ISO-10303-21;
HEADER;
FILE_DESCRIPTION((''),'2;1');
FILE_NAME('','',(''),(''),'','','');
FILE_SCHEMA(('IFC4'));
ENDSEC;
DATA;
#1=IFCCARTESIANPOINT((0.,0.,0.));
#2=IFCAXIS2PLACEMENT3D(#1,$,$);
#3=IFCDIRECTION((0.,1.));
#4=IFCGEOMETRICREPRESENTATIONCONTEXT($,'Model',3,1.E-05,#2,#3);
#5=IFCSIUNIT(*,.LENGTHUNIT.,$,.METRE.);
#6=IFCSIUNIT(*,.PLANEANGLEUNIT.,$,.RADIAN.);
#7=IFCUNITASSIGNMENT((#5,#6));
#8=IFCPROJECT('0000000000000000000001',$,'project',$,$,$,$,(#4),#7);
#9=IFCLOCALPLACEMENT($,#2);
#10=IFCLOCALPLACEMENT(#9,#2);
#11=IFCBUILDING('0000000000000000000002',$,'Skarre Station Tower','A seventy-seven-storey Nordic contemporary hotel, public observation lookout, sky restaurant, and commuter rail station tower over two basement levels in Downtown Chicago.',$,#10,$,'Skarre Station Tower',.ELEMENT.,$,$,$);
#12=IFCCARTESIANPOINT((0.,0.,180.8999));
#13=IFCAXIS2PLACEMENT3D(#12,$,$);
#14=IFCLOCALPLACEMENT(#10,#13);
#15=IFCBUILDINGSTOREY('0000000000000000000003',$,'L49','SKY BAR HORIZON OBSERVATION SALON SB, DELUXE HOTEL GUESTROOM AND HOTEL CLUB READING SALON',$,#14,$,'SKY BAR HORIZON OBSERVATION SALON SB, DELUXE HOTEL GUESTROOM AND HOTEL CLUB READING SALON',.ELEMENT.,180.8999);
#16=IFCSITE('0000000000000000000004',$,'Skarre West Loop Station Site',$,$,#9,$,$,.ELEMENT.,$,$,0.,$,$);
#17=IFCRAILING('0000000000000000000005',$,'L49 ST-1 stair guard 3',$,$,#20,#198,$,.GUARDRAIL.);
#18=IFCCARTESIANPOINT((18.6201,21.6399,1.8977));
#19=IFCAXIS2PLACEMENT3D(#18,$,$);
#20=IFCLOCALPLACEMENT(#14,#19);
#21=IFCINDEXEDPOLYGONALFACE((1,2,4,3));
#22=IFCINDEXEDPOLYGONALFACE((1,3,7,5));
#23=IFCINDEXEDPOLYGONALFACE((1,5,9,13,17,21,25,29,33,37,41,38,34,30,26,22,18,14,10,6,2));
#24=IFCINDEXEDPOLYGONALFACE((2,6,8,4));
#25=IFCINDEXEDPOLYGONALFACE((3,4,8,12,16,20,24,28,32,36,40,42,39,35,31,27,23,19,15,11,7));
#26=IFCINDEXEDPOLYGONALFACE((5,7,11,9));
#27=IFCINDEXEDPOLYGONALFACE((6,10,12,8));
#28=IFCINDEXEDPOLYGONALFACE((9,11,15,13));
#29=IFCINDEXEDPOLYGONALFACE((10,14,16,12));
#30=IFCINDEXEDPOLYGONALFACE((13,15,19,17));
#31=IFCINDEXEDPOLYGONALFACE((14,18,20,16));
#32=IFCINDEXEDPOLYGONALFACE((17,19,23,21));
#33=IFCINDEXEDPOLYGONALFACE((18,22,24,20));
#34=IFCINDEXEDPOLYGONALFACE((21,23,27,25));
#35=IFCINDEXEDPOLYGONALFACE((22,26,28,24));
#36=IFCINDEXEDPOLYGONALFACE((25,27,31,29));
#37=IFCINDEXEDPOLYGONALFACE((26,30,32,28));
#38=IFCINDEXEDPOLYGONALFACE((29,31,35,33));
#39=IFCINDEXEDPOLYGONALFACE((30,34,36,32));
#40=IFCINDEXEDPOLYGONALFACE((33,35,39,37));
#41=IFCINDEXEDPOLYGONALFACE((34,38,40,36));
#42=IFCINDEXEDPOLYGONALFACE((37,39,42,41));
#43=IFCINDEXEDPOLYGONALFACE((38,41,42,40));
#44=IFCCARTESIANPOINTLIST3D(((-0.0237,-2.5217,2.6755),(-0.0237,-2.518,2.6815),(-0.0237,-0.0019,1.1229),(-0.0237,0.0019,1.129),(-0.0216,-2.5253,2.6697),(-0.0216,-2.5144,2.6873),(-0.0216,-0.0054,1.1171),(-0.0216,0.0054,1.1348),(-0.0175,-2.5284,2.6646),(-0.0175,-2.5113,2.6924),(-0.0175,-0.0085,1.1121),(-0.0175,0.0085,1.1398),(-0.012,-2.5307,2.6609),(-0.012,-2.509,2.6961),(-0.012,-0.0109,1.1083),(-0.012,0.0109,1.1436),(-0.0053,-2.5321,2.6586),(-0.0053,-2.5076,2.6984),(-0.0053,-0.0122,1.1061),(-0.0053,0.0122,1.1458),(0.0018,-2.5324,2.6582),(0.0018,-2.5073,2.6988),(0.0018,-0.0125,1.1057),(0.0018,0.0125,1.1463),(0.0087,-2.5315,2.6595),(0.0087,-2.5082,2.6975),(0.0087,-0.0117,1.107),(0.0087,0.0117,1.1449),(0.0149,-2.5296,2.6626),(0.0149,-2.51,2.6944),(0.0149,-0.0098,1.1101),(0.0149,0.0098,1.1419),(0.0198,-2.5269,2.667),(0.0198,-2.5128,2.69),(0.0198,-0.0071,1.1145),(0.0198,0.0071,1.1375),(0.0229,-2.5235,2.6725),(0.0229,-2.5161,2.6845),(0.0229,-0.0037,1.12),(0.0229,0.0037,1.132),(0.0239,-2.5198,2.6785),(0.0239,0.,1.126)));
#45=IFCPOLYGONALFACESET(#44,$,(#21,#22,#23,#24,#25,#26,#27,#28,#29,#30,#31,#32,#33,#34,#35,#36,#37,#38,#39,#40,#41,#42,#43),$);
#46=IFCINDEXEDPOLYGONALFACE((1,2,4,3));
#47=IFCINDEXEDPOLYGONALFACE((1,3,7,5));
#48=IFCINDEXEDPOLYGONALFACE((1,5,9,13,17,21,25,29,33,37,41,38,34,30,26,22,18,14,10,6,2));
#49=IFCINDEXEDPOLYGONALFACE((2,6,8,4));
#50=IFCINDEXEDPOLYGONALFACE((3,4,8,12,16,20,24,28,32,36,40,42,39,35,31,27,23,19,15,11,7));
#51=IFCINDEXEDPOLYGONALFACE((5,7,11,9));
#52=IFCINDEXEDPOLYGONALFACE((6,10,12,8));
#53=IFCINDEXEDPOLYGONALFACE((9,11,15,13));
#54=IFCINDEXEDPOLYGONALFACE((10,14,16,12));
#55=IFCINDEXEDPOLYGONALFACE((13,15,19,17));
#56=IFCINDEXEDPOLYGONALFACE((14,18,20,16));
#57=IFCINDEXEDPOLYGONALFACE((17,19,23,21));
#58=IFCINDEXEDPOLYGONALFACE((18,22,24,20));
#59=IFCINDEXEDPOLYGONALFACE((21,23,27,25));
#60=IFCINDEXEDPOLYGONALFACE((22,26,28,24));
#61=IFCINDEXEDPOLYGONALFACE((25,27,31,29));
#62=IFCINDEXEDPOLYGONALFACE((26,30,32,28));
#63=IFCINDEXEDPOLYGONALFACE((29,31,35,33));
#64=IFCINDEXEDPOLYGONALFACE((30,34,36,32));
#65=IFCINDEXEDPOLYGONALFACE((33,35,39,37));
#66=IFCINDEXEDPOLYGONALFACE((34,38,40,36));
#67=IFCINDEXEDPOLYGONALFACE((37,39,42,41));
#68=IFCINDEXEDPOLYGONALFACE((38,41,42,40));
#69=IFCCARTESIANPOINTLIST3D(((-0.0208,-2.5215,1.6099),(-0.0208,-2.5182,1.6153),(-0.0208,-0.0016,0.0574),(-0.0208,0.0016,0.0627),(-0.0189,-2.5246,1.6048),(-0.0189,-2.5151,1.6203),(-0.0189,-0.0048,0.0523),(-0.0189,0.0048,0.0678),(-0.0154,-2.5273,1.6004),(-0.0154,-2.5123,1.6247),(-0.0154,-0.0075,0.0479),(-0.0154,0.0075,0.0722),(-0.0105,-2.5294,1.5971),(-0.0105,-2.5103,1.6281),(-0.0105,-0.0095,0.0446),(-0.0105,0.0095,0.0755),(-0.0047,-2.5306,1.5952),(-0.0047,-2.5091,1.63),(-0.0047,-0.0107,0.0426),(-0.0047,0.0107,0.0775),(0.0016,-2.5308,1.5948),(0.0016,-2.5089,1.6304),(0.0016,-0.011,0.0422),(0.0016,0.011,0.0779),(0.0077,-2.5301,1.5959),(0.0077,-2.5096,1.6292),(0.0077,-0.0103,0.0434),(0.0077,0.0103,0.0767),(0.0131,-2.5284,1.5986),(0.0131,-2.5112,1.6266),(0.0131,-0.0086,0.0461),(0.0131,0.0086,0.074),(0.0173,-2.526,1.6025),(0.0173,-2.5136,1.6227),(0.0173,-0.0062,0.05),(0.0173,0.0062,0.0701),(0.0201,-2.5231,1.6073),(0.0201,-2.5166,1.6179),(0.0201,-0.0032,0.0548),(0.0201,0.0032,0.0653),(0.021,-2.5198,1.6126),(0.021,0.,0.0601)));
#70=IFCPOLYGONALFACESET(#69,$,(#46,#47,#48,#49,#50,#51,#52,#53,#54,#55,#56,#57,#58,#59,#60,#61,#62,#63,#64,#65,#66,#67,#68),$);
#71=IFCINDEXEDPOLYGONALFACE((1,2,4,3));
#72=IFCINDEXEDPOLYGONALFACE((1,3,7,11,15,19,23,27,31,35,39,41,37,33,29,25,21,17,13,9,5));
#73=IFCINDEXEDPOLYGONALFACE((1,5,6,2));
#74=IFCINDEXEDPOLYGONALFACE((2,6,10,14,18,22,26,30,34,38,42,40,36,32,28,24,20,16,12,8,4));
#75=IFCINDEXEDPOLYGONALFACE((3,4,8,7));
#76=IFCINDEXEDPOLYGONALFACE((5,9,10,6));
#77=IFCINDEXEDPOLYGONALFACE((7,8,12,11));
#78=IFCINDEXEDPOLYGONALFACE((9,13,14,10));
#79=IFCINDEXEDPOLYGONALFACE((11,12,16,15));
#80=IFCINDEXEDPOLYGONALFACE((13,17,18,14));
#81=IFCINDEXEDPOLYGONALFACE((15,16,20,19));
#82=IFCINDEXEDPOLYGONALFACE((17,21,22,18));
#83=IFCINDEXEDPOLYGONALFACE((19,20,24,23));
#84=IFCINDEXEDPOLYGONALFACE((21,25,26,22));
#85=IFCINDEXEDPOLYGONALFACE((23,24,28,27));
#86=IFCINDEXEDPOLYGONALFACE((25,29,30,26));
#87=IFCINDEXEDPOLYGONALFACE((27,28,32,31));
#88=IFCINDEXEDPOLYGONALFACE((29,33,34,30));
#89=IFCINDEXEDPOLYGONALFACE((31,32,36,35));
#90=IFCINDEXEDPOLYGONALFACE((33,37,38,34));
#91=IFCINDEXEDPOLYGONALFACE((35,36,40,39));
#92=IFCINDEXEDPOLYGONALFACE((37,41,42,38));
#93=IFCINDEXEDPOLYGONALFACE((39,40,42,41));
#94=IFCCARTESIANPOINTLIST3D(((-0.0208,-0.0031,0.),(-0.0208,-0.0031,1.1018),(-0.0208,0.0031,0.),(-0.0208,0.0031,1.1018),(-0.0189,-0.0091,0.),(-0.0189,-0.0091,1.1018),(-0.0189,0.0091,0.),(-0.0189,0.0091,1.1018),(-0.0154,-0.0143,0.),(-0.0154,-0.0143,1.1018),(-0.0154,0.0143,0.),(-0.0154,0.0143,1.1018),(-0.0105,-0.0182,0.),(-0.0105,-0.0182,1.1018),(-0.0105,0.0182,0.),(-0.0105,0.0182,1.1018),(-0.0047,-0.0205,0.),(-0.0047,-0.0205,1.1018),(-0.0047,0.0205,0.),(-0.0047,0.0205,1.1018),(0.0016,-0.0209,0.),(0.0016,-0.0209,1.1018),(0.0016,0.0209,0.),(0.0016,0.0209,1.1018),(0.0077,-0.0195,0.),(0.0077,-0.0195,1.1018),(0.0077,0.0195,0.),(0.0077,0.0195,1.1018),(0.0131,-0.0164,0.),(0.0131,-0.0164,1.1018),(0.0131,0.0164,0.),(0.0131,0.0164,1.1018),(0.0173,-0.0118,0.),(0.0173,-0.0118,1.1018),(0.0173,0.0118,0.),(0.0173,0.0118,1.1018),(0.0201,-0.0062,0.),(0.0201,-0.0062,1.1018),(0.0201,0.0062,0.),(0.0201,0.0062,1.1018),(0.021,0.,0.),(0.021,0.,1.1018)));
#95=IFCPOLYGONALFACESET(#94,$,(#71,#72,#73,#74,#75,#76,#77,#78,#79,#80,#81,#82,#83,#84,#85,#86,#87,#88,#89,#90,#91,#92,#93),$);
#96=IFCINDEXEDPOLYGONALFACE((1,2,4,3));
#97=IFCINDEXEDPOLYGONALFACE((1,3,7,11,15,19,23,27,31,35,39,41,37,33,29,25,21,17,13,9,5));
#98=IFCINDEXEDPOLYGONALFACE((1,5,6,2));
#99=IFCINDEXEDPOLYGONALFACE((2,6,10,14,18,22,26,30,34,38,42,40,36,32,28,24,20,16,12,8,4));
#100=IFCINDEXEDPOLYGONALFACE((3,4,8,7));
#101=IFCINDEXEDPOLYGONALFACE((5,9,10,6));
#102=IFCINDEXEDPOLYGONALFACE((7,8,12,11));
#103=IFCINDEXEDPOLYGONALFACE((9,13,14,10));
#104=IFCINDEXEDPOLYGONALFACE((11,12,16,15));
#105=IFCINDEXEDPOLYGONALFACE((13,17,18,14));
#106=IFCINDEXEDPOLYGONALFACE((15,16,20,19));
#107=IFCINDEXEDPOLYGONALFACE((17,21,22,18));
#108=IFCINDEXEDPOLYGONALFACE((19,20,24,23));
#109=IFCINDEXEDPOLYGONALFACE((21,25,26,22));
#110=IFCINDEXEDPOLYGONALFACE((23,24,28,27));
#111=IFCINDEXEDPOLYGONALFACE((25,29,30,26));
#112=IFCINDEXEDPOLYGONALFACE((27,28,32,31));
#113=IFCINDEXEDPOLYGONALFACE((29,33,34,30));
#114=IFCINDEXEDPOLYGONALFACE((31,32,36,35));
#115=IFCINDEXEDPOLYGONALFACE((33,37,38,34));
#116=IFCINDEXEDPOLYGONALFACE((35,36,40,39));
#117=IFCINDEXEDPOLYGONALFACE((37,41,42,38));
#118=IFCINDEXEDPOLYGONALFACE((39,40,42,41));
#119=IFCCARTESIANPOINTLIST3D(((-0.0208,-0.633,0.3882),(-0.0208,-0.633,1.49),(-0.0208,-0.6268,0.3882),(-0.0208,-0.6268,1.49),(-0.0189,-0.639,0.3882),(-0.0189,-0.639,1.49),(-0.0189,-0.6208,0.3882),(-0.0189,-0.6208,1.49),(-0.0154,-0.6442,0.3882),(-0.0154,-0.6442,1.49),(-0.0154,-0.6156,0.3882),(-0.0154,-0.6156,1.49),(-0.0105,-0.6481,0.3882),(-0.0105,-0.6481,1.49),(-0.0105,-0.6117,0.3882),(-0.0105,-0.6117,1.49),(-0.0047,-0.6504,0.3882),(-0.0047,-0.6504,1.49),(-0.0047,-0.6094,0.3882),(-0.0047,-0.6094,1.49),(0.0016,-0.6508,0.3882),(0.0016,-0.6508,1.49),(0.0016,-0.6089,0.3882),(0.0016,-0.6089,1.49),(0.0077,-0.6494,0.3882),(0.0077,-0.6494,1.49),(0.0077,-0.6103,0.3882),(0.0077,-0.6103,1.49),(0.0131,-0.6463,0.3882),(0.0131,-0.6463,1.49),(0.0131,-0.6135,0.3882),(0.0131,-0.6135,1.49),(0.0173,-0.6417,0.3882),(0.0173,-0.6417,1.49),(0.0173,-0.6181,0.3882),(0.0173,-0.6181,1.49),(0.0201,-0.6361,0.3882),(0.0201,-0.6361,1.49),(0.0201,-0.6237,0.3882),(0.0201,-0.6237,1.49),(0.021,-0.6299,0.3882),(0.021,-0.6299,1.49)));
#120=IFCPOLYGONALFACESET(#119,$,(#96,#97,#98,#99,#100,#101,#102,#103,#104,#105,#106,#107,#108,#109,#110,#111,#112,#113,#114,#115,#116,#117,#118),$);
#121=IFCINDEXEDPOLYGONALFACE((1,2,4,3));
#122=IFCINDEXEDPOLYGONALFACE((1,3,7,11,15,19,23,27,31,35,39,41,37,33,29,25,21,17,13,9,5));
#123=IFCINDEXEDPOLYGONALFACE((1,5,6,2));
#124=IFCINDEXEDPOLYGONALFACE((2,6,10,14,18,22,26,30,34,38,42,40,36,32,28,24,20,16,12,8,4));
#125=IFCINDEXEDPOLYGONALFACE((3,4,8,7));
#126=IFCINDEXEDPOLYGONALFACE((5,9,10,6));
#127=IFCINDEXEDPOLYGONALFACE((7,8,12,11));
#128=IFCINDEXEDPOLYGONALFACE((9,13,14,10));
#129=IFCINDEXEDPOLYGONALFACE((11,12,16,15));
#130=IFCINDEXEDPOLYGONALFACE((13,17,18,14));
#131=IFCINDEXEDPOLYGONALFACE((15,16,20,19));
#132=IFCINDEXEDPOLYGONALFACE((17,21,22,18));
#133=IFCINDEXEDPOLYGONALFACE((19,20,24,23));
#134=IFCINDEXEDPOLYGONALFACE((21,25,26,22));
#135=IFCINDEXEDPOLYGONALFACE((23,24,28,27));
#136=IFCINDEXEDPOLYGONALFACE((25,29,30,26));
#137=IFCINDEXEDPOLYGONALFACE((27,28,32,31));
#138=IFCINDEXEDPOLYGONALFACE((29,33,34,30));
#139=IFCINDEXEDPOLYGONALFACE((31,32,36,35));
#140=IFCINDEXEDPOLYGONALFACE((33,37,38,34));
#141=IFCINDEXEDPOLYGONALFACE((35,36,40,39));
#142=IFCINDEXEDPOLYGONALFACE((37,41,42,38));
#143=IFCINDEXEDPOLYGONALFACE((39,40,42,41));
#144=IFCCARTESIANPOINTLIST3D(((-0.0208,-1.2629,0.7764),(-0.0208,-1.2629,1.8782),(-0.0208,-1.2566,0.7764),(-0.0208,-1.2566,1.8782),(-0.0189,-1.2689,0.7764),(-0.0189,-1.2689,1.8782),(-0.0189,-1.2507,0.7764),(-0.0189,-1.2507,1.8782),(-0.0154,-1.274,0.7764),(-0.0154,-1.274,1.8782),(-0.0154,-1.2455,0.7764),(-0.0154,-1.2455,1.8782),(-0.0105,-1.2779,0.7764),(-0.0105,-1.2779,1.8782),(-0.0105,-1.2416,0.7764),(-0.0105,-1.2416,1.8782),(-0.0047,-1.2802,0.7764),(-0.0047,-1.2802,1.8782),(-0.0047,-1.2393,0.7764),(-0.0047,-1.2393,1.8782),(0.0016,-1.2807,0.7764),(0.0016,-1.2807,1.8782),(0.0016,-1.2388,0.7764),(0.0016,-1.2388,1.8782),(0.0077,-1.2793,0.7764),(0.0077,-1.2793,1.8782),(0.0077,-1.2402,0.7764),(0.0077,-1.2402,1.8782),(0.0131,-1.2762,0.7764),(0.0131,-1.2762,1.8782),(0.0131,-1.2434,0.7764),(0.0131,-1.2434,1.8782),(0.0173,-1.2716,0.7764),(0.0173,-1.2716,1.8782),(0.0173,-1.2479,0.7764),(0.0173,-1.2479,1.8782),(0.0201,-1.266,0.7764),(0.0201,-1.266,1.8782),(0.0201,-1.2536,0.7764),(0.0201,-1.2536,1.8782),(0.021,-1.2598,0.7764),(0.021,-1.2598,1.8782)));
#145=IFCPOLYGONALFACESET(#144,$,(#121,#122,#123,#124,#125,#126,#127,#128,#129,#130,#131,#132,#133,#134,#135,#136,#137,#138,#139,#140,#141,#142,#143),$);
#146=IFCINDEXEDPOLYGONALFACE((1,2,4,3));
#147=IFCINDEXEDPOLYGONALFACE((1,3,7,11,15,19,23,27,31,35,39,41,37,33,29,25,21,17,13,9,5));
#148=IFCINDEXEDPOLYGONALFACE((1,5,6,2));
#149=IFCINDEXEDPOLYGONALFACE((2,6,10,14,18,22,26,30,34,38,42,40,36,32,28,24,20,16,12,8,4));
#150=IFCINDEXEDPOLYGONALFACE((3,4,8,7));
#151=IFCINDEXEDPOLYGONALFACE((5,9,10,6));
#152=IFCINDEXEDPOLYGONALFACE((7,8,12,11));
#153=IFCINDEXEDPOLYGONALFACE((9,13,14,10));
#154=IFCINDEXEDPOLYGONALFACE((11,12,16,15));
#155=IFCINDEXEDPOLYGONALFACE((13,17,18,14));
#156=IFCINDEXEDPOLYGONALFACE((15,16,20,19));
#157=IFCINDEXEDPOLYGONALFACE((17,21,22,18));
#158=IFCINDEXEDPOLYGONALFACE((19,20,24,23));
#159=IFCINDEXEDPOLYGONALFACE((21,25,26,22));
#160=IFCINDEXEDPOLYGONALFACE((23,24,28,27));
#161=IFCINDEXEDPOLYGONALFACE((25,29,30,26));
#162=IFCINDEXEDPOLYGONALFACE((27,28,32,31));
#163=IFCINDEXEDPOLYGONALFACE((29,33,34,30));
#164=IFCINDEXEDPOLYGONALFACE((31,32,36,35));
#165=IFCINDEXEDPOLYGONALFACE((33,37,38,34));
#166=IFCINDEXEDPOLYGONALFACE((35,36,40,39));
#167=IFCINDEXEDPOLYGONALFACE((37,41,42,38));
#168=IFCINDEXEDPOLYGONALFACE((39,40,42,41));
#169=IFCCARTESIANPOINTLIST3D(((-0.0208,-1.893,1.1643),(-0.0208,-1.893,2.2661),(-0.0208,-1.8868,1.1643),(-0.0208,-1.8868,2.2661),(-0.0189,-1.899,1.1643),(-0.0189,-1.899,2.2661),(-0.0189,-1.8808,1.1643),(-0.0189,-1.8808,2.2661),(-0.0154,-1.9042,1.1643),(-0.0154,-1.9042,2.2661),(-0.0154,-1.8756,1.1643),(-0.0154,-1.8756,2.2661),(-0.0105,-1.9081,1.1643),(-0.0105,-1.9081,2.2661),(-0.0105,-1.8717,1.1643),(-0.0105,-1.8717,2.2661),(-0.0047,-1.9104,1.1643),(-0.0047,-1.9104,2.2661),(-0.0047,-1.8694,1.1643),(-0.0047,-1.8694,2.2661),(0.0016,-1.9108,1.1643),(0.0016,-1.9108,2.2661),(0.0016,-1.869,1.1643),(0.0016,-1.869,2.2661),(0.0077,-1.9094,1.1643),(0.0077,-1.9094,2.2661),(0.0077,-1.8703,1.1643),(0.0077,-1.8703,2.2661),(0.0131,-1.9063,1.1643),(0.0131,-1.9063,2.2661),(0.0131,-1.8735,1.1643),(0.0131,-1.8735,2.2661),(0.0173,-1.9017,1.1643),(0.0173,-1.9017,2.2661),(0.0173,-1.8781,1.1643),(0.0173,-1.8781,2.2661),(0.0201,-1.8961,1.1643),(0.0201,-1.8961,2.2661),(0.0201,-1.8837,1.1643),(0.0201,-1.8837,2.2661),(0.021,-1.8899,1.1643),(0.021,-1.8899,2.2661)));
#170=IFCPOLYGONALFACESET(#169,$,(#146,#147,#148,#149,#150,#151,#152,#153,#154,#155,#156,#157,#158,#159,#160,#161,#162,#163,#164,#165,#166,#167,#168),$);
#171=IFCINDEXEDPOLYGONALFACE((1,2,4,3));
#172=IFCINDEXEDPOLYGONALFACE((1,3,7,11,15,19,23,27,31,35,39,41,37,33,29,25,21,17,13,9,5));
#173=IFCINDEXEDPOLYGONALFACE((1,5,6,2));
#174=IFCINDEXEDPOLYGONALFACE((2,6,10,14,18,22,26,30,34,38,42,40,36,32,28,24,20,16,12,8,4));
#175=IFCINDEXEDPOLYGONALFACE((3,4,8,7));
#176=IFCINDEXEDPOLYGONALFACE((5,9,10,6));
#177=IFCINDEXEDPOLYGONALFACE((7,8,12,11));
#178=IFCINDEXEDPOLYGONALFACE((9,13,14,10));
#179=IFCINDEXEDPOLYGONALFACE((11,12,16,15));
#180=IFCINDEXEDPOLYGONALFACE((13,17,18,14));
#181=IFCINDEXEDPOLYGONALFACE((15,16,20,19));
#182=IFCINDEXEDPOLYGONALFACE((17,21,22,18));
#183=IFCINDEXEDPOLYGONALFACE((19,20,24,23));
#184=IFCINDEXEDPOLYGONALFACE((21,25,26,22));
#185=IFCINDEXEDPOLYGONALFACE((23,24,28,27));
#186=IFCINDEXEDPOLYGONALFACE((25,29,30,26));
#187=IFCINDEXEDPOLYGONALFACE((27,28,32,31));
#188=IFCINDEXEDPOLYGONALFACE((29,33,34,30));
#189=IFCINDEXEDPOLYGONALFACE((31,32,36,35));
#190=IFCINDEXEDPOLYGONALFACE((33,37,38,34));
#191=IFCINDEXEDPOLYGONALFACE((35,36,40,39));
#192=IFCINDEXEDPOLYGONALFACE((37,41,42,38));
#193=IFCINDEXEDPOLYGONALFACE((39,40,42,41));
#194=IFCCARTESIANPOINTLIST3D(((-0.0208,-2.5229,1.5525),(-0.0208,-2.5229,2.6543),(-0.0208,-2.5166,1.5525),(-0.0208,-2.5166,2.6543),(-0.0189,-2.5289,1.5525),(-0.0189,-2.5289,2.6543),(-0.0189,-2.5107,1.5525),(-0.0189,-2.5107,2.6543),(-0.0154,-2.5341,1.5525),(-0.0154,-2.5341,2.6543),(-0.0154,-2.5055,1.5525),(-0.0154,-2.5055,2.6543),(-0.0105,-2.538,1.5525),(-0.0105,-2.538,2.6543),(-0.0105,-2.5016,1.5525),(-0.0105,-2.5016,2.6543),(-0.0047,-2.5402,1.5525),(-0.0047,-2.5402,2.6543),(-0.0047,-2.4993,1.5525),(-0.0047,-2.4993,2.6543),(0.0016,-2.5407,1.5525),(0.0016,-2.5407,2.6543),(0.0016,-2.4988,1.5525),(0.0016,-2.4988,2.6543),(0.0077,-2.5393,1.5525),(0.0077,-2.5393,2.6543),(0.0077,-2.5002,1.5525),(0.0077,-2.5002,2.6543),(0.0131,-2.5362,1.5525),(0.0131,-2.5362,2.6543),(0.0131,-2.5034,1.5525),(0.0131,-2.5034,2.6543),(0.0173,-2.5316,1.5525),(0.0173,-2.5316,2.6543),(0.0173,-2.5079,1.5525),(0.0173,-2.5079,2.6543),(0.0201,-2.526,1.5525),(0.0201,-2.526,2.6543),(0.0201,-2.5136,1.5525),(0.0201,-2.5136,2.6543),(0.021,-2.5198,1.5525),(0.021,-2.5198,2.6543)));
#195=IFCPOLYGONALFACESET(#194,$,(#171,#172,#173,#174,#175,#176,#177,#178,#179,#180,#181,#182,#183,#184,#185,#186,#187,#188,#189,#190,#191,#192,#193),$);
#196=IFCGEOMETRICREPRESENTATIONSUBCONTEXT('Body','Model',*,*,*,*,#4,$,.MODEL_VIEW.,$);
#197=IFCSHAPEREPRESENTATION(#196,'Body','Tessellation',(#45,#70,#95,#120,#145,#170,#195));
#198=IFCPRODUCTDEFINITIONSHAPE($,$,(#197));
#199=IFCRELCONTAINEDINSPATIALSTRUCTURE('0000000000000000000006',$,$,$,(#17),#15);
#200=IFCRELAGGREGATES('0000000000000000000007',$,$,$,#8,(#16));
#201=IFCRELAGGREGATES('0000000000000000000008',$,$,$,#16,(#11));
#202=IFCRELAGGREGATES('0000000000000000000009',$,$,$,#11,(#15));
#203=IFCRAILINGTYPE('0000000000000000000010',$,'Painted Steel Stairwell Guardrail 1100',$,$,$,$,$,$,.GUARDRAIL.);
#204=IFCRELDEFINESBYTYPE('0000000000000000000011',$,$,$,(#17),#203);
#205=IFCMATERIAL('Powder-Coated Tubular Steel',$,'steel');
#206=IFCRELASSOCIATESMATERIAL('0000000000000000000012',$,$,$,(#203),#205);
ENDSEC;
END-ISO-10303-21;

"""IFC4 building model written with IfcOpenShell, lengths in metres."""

from ifc_helpers import new_model, si_unit, direction, frame, origin, origin_2d, place, context, subcontext, project, spatial, circle, extrude, material, type_object, element, save


model = new_model("IFC4")

# Units and contexts
model_context = context("Model", 3, precision=1e-05, world=origin(), true_north=direction((0.0, 1.0)))
body_context = subcontext(model_context, "Body", "Model", "MODEL_VIEW")
ifc_project = project(units=[si_unit("LENGTHUNIT", "METRE"), si_unit("PLANEANGLEUNIT", "RADIAN")], contexts=[model_context])

# Site, building, storey
site_placement = place(None, origin())
site = spatial("IfcSite", under=ifc_project, at=site_placement, Name="Skarre West Loop Station Site", CompositionType="ELEMENT", RefElevation=0.0)
building_placement = place(site_placement, origin())
building = spatial("IfcBuilding", under=site, at=building_placement, Name="Skarre Station Tower", Description="A seventy-seven-storey Nordic contemporary hotel, public observation lookout, sky restaurant, and commuter rail station tower over two basement levels in Downtown Chicago.", LongName="Skarre Station Tower", CompositionType="ELEMENT")
storey_placement = place(building_placement, frame((0.0, 0.0, 180.8999)))
storey = spatial("IfcBuildingStorey", under=building, at=storey_placement, Name="L49", Description="SKY BAR HORIZON OBSERVATION SALON SB, DELUXE HOTEL GUESTROOM AND HOTEL CLUB READING SALON", LongName="SKY BAR HORIZON OBSERVATION SALON SB, DELUXE HOTEL GUESTROOM AND HOTEL CLUB READING SALON", CompositionType="ELEMENT", Elevation=180.8999)

# Railing
ifc_material_1 = material(Name="Powder-Coated Tubular Steel", Category="steel")
railing_type_1 = type_object("IfcRailingType", Name="Painted Steel Stairwell Guardrail 1100", PredefinedType="GUARDRAIL", material=ifc_material_1)
railing_1_placement = place(storey_placement, frame((18.6201, 21.6399, 1.8977)))
element("IfcRailing", 1, at=railing_1_placement, inside=storey, type_object=railing_type_1, Name="L49 ST-1 stair guard 3", PredefinedType="GUARDRAIL", context=body_context, shape_type="SweptSolid", body=[
    extrude(circle(Radius=0.0239, at=origin_2d()), frame((0.0, 0.0, 1.126), z_axis=(0.0, -0.851378, 0.524553), x_axis=(1.0, 0.0, 0.0)), (0.0, 0.0, 1.0), 2.9597),
    extrude(circle(Radius=0.021, at=origin_2d()), frame((0.0, 0.0, 0.0601), z_axis=(0.0, -0.851378, 0.524553), x_axis=(1.0, 0.0, 0.0)), (0.0, 0.0, 1.0), 2.9597),
    extrude(circle(Radius=0.021, at=origin_2d()), origin(), (0.0, 0.0, 1.0), 1.1018),
    extrude(circle(Radius=0.021, at=origin_2d()), frame((0.0, -0.6299, 0.3882)), (0.0, 0.0, 1.0), 1.1018),
    extrude(circle(Radius=0.021, at=origin_2d()), frame((0.0, -1.2598, 0.7764)), (0.0, 0.0, 1.0), 1.1018),
    extrude(circle(Radius=0.021, at=origin_2d()), frame((0.0, -1.8899, 1.1643)), (0.0, 0.0, 1.0), 1.1018),
    extrude(circle(Radius=0.021, at=origin_2d()), frame((0.0, -2.5198, 1.5525)), (0.0, 0.0, 1.0), 1.1018),
])

save(model, "model.ifc")
